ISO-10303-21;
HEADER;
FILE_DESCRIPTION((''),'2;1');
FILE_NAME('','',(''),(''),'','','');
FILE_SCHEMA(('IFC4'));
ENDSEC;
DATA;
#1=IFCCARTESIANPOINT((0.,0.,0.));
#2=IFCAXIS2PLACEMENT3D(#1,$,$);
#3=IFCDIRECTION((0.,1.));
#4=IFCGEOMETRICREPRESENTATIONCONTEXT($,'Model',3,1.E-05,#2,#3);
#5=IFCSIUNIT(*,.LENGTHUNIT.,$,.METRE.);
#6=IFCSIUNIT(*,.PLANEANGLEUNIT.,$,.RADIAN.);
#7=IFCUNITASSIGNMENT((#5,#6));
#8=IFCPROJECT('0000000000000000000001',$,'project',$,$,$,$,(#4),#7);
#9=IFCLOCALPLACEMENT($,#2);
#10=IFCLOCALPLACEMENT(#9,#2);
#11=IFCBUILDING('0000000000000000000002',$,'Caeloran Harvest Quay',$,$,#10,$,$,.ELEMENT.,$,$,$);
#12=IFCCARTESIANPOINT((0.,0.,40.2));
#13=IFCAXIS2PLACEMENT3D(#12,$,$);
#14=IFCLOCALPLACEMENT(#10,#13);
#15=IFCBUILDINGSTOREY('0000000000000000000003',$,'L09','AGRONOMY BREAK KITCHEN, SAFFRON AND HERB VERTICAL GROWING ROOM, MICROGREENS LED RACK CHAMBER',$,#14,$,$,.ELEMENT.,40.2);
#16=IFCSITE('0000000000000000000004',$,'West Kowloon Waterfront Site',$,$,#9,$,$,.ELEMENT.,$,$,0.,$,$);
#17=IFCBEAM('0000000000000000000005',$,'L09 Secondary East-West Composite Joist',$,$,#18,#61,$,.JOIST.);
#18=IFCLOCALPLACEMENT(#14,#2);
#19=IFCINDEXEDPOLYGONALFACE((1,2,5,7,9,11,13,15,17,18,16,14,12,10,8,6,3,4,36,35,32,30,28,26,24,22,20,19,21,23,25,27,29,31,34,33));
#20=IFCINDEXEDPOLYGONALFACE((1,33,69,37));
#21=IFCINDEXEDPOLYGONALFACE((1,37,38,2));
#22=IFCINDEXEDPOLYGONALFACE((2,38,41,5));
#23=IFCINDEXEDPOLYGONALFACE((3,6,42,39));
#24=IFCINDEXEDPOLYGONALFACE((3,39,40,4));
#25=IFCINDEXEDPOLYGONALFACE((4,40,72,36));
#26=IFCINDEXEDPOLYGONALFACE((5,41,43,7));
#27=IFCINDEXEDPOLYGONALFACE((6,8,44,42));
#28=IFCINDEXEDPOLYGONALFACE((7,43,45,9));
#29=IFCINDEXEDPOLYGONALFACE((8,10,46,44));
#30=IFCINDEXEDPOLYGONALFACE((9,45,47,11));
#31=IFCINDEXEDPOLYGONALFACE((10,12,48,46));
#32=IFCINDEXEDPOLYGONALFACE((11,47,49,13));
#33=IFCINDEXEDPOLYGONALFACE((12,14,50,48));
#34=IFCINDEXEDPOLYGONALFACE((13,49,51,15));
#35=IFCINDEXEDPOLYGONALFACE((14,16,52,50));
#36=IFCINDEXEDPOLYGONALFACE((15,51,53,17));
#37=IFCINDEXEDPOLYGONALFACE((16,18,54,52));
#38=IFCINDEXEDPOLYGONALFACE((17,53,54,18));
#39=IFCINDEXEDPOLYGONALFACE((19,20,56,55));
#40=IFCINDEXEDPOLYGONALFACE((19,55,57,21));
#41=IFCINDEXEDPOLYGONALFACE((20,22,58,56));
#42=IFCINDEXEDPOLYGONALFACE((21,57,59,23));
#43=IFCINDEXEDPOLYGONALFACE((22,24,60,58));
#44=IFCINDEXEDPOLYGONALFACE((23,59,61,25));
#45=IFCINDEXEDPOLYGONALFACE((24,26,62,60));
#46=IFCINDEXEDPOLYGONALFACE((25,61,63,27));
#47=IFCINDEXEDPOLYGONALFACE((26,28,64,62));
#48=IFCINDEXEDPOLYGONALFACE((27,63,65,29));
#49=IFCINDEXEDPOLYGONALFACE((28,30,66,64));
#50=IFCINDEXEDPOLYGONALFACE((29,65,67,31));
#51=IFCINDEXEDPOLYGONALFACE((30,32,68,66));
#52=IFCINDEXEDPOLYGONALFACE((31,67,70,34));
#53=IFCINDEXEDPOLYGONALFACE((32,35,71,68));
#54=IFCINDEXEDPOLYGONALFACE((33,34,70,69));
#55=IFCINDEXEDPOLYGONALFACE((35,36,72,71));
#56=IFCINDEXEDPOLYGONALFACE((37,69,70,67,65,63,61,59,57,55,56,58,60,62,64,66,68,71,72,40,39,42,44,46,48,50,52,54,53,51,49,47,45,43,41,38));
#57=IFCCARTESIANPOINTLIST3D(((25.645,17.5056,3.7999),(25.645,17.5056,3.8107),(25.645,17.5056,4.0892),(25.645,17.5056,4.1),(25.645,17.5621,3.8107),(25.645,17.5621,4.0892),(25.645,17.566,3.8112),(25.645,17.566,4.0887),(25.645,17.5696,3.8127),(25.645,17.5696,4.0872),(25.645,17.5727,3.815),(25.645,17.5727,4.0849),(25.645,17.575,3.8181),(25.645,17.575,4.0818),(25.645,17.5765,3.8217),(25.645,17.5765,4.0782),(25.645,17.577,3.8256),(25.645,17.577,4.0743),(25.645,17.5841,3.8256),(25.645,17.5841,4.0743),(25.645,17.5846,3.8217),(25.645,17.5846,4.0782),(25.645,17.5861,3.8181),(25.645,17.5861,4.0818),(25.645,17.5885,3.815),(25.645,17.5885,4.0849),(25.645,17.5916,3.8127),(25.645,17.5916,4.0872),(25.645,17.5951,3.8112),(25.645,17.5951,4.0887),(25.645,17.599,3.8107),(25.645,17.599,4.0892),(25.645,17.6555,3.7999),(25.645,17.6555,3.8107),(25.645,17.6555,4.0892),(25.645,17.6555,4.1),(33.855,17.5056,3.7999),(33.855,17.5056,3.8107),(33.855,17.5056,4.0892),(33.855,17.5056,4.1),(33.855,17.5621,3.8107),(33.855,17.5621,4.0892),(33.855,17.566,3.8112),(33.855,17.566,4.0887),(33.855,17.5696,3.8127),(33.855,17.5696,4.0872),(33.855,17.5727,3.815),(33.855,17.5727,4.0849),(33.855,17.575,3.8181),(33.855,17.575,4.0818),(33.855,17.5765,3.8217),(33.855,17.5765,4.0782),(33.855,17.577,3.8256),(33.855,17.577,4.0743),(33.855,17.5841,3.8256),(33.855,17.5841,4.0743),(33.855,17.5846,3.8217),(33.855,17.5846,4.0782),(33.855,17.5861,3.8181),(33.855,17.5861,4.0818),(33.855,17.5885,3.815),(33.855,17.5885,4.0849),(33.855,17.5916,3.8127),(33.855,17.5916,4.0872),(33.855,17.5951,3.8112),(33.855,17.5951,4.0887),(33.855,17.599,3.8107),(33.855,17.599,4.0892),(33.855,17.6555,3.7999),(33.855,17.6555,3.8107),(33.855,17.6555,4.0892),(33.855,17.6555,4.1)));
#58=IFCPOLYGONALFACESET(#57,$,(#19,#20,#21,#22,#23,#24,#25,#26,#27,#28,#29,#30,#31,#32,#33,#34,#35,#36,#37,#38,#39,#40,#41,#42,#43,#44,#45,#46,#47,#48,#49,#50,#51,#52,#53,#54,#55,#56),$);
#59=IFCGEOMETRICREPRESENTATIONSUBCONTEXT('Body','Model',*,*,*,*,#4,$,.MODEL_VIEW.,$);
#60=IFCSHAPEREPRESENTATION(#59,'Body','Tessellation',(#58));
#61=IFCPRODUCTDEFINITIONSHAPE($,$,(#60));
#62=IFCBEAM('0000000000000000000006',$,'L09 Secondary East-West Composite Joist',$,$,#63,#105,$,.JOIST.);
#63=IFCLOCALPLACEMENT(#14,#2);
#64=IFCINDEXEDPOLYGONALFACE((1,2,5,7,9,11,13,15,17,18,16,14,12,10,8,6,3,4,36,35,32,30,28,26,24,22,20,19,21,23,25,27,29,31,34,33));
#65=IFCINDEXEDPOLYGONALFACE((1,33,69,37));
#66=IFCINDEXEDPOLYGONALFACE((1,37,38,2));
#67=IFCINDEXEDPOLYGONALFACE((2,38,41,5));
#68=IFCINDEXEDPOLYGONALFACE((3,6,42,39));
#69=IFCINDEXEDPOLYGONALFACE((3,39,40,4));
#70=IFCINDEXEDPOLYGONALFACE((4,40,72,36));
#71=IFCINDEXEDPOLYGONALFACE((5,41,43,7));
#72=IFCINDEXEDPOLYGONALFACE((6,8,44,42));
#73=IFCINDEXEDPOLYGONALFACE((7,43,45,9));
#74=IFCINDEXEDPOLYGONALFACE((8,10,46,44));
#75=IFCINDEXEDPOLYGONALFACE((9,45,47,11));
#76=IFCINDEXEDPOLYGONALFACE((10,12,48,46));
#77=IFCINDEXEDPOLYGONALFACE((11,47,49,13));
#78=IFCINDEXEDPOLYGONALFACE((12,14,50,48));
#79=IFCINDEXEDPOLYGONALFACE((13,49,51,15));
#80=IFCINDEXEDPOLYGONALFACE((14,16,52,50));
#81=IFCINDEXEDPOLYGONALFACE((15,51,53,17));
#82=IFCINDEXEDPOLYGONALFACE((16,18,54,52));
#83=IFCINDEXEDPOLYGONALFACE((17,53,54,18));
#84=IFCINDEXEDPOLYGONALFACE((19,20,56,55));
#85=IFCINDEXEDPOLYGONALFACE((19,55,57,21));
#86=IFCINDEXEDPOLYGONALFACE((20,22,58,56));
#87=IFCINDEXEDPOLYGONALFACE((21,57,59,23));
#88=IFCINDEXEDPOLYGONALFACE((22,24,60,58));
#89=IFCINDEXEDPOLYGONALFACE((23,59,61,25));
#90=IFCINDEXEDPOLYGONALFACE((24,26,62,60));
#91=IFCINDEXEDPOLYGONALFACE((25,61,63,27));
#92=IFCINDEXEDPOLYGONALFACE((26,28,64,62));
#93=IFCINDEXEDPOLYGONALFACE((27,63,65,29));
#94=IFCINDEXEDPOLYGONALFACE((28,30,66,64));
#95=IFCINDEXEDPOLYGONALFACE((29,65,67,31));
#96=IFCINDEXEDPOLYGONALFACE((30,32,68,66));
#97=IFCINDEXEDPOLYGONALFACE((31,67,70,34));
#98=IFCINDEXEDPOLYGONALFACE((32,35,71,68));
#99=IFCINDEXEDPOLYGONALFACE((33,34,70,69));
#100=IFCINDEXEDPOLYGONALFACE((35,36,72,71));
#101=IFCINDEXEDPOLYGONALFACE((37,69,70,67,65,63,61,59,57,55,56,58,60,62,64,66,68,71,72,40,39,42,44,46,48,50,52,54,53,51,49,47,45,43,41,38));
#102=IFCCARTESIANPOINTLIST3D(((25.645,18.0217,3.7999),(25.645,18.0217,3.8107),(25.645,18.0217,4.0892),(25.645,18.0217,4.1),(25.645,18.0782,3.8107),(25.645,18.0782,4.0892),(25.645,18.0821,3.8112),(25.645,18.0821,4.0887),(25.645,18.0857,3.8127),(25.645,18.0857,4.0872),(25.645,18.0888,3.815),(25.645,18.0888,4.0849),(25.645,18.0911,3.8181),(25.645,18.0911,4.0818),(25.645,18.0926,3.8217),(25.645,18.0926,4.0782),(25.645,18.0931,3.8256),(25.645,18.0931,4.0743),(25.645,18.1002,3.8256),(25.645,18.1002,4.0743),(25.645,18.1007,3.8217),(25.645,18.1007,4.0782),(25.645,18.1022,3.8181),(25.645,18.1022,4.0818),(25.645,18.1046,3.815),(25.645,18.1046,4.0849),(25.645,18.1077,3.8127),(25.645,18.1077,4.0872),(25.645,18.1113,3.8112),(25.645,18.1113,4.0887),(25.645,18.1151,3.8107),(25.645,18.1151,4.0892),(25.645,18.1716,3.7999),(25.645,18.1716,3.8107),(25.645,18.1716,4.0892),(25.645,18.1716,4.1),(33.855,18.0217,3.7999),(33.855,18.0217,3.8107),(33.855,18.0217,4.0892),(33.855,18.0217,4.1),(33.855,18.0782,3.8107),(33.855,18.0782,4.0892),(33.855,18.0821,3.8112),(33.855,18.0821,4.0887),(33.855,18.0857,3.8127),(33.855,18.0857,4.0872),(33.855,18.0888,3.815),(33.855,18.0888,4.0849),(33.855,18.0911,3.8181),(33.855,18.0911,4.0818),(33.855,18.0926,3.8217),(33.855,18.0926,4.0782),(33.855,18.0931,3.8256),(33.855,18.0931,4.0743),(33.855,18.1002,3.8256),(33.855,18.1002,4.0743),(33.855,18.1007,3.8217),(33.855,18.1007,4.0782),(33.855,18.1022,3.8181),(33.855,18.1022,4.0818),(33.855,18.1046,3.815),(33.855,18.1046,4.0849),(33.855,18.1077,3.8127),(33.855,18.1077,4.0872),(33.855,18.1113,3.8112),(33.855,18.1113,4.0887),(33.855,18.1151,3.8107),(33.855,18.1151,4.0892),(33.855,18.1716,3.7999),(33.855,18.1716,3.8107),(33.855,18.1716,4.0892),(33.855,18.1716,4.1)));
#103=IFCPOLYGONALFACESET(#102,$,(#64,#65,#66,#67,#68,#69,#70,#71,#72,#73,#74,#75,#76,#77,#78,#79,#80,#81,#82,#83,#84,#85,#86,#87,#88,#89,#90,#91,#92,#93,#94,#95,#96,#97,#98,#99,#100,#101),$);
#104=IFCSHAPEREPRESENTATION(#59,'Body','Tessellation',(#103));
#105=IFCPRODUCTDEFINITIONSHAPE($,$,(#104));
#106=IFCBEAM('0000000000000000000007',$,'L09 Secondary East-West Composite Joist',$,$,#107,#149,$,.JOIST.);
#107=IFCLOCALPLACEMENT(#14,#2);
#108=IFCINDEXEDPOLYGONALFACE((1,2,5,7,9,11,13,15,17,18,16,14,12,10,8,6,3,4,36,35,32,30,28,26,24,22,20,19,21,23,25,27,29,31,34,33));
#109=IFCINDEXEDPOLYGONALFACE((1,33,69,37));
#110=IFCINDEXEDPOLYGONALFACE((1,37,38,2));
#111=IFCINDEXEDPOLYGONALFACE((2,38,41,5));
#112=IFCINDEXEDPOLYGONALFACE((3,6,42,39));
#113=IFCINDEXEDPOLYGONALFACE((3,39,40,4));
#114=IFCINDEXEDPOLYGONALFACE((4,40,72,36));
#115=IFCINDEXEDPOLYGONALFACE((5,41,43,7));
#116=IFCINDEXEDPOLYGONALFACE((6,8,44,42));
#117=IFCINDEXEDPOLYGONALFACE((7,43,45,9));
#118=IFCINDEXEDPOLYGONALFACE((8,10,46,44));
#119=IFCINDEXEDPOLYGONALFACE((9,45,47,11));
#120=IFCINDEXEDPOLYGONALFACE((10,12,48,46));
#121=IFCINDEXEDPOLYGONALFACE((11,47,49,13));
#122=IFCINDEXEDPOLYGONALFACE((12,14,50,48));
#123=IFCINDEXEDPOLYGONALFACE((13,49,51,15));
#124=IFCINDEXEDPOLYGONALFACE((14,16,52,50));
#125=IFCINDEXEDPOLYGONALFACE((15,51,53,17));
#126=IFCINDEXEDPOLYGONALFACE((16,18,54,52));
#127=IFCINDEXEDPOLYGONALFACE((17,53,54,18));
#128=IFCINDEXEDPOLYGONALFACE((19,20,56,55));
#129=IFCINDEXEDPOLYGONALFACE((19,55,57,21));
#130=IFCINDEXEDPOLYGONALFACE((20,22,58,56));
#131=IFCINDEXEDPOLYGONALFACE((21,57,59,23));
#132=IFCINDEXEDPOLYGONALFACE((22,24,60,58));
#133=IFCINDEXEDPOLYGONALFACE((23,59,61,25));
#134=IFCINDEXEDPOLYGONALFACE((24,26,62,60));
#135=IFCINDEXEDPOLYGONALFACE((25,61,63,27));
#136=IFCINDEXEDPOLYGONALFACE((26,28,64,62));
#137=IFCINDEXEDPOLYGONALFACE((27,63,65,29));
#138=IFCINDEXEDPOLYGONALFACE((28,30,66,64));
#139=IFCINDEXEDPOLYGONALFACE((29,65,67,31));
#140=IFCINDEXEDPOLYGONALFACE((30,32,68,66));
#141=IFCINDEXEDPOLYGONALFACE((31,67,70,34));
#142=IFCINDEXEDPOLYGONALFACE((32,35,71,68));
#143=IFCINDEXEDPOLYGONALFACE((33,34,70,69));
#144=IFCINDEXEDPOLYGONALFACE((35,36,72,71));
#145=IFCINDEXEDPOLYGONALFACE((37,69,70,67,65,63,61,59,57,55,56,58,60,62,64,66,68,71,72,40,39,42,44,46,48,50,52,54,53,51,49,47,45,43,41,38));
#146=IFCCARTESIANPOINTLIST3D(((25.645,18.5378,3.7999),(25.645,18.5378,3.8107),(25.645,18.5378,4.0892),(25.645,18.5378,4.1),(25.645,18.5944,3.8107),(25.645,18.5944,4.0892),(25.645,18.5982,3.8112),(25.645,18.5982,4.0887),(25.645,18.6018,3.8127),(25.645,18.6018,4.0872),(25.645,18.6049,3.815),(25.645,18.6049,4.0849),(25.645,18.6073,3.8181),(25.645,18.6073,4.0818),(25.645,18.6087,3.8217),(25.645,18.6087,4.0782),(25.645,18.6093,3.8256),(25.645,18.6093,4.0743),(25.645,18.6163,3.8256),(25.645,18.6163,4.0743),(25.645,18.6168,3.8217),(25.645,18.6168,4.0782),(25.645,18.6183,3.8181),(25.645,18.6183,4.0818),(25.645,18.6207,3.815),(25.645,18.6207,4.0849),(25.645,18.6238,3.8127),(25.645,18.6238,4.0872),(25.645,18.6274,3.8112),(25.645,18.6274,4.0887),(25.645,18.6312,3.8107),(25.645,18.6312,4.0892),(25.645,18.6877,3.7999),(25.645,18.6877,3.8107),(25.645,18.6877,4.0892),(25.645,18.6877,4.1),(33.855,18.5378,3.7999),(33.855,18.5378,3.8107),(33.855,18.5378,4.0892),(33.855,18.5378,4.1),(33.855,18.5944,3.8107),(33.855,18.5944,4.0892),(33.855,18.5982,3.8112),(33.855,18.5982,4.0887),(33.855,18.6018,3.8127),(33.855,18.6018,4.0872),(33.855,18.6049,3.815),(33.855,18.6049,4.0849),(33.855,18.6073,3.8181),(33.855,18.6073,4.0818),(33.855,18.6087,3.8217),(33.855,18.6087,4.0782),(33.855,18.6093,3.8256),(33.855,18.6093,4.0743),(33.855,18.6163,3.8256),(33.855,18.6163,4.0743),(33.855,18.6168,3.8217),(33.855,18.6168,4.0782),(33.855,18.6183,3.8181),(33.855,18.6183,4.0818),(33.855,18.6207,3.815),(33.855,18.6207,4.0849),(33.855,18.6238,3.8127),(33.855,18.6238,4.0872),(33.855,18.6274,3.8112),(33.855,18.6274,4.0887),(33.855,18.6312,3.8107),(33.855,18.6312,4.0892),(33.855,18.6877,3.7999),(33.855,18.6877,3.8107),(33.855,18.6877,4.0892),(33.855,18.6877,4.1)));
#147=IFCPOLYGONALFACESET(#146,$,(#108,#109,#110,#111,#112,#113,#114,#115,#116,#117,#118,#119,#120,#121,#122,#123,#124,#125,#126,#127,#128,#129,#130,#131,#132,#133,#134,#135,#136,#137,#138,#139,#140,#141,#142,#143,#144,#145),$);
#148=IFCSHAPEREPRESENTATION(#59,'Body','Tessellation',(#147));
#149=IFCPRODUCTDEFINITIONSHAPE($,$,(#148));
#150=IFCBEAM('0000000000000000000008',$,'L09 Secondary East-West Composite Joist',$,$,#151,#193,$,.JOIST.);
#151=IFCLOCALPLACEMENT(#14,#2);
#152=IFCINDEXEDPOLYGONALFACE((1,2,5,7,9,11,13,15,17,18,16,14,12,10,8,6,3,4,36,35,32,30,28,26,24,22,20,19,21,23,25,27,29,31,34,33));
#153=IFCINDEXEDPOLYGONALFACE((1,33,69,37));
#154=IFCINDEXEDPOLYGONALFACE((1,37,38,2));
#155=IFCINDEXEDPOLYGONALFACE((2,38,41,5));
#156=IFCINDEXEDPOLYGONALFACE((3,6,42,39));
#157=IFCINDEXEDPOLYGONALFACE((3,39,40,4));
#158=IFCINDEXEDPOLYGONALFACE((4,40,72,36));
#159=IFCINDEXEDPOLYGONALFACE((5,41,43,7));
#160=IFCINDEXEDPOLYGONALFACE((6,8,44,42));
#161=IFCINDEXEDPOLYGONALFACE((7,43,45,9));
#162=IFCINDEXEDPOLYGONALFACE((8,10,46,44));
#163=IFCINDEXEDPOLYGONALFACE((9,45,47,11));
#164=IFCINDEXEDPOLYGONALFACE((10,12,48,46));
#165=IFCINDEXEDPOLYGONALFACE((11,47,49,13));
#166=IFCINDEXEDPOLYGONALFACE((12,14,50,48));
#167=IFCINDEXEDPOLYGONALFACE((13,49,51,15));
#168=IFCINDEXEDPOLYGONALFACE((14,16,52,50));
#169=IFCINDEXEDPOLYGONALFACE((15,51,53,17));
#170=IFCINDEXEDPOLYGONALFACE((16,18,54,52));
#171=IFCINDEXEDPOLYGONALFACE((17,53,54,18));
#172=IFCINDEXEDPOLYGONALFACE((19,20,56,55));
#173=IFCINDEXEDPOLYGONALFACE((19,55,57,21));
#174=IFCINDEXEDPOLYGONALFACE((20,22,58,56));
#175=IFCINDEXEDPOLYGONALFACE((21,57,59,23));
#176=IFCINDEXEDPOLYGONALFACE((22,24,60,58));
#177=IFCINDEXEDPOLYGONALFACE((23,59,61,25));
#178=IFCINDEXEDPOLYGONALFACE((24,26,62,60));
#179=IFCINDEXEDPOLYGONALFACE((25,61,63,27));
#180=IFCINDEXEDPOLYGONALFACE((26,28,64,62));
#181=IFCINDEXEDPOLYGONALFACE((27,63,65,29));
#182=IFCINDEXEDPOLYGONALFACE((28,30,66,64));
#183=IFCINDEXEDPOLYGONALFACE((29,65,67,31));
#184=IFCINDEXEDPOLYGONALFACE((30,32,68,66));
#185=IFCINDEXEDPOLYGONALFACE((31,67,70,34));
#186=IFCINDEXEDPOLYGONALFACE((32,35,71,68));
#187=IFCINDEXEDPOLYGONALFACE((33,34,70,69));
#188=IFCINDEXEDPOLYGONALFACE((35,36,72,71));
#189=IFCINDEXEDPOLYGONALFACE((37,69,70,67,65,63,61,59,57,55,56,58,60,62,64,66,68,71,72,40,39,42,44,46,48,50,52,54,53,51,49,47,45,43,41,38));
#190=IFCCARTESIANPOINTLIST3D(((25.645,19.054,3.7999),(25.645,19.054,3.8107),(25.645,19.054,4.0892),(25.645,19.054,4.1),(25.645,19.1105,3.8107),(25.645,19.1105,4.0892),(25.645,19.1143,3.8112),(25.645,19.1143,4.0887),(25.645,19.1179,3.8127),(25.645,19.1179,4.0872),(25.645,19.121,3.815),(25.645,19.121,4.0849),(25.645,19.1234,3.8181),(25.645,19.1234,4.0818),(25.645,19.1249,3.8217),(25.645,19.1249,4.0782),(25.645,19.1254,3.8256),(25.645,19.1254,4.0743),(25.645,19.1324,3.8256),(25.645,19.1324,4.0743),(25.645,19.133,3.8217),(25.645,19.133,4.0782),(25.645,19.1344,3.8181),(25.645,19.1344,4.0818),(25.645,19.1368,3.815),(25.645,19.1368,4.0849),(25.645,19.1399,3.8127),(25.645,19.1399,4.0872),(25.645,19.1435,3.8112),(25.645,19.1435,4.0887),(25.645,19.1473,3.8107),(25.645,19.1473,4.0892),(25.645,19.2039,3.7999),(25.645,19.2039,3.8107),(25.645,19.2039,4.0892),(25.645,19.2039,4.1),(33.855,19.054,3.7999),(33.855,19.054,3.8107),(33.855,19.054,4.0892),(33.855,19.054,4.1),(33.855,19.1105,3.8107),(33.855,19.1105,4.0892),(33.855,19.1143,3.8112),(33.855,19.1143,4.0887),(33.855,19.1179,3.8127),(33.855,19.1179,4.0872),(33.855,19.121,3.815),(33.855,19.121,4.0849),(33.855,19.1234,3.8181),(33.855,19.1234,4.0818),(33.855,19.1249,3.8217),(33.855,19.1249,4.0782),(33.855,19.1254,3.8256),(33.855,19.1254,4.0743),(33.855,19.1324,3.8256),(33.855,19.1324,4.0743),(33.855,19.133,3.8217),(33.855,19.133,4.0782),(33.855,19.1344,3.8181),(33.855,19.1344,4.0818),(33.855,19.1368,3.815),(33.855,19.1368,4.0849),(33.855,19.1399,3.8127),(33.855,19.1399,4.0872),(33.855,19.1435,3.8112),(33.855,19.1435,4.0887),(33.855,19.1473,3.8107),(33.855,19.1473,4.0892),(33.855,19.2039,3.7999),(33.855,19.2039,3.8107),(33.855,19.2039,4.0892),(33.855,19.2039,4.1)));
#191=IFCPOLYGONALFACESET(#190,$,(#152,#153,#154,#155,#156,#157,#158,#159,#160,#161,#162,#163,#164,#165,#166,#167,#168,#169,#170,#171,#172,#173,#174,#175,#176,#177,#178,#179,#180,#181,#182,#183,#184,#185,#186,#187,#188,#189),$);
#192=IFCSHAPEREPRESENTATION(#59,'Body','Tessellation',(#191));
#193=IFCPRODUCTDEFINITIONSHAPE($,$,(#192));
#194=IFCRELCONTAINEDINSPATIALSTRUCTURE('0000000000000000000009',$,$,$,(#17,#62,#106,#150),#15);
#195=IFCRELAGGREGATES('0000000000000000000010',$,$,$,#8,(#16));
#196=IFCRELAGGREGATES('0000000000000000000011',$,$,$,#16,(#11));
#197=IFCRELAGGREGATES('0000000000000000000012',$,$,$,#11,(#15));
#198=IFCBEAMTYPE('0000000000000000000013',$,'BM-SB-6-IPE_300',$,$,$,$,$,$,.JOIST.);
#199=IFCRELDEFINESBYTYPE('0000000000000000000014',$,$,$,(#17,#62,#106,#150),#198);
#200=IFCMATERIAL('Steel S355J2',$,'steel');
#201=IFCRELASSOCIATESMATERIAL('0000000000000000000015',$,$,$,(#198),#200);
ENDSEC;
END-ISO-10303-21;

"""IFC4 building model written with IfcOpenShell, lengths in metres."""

from ifc_helpers import new_model, si_unit, direction, frame, origin, origin_2d, place, context, subcontext, project, spatial, i_section, extrude, material, material_profile, profile_set, type_object, element, save


model = new_model("IFC4")

# Units and contexts
model_context = context("Model", 3, precision=1e-05, world=origin(), true_north=direction((0.0, 1.0)))
body_context = subcontext(model_context, "Body", "Model", "MODEL_VIEW")
ifc_project = project(units=[si_unit("LENGTHUNIT", "METRE"), si_unit("PLANEANGLEUNIT", "RADIAN")], contexts=[model_context])

# Site, building, storey
site_placement = place(None, origin())
site = spatial("IfcSite", under=ifc_project, at=site_placement, Name="West Kowloon Waterfront Site", CompositionType="ELEMENT", RefElevation=0.0)
building_placement = place(site_placement, origin())
building = spatial("IfcBuilding", under=site, at=building_placement, Name="Caeloran Harvest Quay", CompositionType="ELEMENT")
storey_placement = place(building_placement, frame((0.0, 0.0, 40.2)))
storey = spatial("IfcBuildingStorey", under=building, at=storey_placement, Name="L09", Description="AGRONOMY BREAK KITCHEN, SAFFRON AND HERB VERTICAL GROWING ROOM, MICROGREENS LED RACK CHAMBER", CompositionType="ELEMENT", Elevation=40.2)

# Beams
ifc_material_1 = material(Name="Steel S355J2", Category="steel")
ifc_material_profile_1 = material_profile(ifc_material_1, i_section(OverallWidth=0.1499, OverallDepth=0.3, WebThickness=0.0071, FlangeThickness=0.0107, FilletRadius=0.0149, at=origin_2d()), Name="IPE 300")
ifc_profile_set_1 = profile_set([ifc_material_profile_1], Name="Steel S355J2")
beam_type_1 = type_object("IfcBeamType", Name="BM-SB-6-IPE_300", PredefinedType="JOIST", material=ifc_profile_set_1)
for number, where, z_axis, x_axis, name in (
    (1, (25.645, 17.5806, 3.95), (1.0, 0.0, 0.0), (0.0, 1.0, 0.0), "L09 Secondary East-West Composite Joist"),
    (2, (25.645, 18.0967, 3.95), (1.0, 0.0, 0.0), (0.0, 1.0, 0.0), "L09 Secondary East-West Composite Joist"),
    (3, (25.645, 18.6128, 3.95), (1.0, 0.0, 0.0), (0.0, 1.0, 0.0), "L09 Secondary East-West Composite Joist"),
    (4, (25.645, 19.1289, 3.95), (1.0, 0.0, 0.0), (0.0, 1.0, 0.0), "L09 Secondary East-West Composite Joist"),
):
    element("IfcBeam", number, at=place(storey_placement, frame(where, z_axis=z_axis, x_axis=x_axis)), inside=storey, type_object=beam_type_1, Name=name, PredefinedType="JOIST", context=body_context, shape_type="SweptSolid", body=[
        extrude(i_section(OverallWidth=0.1499, OverallDepth=0.3, WebThickness=0.0071, FlangeThickness=0.0107, FilletRadius=0.0149, at=origin_2d()), origin(), (0.0, 0.0, 1.0), 8.21),
    ])

save(model, "model.ifc")
